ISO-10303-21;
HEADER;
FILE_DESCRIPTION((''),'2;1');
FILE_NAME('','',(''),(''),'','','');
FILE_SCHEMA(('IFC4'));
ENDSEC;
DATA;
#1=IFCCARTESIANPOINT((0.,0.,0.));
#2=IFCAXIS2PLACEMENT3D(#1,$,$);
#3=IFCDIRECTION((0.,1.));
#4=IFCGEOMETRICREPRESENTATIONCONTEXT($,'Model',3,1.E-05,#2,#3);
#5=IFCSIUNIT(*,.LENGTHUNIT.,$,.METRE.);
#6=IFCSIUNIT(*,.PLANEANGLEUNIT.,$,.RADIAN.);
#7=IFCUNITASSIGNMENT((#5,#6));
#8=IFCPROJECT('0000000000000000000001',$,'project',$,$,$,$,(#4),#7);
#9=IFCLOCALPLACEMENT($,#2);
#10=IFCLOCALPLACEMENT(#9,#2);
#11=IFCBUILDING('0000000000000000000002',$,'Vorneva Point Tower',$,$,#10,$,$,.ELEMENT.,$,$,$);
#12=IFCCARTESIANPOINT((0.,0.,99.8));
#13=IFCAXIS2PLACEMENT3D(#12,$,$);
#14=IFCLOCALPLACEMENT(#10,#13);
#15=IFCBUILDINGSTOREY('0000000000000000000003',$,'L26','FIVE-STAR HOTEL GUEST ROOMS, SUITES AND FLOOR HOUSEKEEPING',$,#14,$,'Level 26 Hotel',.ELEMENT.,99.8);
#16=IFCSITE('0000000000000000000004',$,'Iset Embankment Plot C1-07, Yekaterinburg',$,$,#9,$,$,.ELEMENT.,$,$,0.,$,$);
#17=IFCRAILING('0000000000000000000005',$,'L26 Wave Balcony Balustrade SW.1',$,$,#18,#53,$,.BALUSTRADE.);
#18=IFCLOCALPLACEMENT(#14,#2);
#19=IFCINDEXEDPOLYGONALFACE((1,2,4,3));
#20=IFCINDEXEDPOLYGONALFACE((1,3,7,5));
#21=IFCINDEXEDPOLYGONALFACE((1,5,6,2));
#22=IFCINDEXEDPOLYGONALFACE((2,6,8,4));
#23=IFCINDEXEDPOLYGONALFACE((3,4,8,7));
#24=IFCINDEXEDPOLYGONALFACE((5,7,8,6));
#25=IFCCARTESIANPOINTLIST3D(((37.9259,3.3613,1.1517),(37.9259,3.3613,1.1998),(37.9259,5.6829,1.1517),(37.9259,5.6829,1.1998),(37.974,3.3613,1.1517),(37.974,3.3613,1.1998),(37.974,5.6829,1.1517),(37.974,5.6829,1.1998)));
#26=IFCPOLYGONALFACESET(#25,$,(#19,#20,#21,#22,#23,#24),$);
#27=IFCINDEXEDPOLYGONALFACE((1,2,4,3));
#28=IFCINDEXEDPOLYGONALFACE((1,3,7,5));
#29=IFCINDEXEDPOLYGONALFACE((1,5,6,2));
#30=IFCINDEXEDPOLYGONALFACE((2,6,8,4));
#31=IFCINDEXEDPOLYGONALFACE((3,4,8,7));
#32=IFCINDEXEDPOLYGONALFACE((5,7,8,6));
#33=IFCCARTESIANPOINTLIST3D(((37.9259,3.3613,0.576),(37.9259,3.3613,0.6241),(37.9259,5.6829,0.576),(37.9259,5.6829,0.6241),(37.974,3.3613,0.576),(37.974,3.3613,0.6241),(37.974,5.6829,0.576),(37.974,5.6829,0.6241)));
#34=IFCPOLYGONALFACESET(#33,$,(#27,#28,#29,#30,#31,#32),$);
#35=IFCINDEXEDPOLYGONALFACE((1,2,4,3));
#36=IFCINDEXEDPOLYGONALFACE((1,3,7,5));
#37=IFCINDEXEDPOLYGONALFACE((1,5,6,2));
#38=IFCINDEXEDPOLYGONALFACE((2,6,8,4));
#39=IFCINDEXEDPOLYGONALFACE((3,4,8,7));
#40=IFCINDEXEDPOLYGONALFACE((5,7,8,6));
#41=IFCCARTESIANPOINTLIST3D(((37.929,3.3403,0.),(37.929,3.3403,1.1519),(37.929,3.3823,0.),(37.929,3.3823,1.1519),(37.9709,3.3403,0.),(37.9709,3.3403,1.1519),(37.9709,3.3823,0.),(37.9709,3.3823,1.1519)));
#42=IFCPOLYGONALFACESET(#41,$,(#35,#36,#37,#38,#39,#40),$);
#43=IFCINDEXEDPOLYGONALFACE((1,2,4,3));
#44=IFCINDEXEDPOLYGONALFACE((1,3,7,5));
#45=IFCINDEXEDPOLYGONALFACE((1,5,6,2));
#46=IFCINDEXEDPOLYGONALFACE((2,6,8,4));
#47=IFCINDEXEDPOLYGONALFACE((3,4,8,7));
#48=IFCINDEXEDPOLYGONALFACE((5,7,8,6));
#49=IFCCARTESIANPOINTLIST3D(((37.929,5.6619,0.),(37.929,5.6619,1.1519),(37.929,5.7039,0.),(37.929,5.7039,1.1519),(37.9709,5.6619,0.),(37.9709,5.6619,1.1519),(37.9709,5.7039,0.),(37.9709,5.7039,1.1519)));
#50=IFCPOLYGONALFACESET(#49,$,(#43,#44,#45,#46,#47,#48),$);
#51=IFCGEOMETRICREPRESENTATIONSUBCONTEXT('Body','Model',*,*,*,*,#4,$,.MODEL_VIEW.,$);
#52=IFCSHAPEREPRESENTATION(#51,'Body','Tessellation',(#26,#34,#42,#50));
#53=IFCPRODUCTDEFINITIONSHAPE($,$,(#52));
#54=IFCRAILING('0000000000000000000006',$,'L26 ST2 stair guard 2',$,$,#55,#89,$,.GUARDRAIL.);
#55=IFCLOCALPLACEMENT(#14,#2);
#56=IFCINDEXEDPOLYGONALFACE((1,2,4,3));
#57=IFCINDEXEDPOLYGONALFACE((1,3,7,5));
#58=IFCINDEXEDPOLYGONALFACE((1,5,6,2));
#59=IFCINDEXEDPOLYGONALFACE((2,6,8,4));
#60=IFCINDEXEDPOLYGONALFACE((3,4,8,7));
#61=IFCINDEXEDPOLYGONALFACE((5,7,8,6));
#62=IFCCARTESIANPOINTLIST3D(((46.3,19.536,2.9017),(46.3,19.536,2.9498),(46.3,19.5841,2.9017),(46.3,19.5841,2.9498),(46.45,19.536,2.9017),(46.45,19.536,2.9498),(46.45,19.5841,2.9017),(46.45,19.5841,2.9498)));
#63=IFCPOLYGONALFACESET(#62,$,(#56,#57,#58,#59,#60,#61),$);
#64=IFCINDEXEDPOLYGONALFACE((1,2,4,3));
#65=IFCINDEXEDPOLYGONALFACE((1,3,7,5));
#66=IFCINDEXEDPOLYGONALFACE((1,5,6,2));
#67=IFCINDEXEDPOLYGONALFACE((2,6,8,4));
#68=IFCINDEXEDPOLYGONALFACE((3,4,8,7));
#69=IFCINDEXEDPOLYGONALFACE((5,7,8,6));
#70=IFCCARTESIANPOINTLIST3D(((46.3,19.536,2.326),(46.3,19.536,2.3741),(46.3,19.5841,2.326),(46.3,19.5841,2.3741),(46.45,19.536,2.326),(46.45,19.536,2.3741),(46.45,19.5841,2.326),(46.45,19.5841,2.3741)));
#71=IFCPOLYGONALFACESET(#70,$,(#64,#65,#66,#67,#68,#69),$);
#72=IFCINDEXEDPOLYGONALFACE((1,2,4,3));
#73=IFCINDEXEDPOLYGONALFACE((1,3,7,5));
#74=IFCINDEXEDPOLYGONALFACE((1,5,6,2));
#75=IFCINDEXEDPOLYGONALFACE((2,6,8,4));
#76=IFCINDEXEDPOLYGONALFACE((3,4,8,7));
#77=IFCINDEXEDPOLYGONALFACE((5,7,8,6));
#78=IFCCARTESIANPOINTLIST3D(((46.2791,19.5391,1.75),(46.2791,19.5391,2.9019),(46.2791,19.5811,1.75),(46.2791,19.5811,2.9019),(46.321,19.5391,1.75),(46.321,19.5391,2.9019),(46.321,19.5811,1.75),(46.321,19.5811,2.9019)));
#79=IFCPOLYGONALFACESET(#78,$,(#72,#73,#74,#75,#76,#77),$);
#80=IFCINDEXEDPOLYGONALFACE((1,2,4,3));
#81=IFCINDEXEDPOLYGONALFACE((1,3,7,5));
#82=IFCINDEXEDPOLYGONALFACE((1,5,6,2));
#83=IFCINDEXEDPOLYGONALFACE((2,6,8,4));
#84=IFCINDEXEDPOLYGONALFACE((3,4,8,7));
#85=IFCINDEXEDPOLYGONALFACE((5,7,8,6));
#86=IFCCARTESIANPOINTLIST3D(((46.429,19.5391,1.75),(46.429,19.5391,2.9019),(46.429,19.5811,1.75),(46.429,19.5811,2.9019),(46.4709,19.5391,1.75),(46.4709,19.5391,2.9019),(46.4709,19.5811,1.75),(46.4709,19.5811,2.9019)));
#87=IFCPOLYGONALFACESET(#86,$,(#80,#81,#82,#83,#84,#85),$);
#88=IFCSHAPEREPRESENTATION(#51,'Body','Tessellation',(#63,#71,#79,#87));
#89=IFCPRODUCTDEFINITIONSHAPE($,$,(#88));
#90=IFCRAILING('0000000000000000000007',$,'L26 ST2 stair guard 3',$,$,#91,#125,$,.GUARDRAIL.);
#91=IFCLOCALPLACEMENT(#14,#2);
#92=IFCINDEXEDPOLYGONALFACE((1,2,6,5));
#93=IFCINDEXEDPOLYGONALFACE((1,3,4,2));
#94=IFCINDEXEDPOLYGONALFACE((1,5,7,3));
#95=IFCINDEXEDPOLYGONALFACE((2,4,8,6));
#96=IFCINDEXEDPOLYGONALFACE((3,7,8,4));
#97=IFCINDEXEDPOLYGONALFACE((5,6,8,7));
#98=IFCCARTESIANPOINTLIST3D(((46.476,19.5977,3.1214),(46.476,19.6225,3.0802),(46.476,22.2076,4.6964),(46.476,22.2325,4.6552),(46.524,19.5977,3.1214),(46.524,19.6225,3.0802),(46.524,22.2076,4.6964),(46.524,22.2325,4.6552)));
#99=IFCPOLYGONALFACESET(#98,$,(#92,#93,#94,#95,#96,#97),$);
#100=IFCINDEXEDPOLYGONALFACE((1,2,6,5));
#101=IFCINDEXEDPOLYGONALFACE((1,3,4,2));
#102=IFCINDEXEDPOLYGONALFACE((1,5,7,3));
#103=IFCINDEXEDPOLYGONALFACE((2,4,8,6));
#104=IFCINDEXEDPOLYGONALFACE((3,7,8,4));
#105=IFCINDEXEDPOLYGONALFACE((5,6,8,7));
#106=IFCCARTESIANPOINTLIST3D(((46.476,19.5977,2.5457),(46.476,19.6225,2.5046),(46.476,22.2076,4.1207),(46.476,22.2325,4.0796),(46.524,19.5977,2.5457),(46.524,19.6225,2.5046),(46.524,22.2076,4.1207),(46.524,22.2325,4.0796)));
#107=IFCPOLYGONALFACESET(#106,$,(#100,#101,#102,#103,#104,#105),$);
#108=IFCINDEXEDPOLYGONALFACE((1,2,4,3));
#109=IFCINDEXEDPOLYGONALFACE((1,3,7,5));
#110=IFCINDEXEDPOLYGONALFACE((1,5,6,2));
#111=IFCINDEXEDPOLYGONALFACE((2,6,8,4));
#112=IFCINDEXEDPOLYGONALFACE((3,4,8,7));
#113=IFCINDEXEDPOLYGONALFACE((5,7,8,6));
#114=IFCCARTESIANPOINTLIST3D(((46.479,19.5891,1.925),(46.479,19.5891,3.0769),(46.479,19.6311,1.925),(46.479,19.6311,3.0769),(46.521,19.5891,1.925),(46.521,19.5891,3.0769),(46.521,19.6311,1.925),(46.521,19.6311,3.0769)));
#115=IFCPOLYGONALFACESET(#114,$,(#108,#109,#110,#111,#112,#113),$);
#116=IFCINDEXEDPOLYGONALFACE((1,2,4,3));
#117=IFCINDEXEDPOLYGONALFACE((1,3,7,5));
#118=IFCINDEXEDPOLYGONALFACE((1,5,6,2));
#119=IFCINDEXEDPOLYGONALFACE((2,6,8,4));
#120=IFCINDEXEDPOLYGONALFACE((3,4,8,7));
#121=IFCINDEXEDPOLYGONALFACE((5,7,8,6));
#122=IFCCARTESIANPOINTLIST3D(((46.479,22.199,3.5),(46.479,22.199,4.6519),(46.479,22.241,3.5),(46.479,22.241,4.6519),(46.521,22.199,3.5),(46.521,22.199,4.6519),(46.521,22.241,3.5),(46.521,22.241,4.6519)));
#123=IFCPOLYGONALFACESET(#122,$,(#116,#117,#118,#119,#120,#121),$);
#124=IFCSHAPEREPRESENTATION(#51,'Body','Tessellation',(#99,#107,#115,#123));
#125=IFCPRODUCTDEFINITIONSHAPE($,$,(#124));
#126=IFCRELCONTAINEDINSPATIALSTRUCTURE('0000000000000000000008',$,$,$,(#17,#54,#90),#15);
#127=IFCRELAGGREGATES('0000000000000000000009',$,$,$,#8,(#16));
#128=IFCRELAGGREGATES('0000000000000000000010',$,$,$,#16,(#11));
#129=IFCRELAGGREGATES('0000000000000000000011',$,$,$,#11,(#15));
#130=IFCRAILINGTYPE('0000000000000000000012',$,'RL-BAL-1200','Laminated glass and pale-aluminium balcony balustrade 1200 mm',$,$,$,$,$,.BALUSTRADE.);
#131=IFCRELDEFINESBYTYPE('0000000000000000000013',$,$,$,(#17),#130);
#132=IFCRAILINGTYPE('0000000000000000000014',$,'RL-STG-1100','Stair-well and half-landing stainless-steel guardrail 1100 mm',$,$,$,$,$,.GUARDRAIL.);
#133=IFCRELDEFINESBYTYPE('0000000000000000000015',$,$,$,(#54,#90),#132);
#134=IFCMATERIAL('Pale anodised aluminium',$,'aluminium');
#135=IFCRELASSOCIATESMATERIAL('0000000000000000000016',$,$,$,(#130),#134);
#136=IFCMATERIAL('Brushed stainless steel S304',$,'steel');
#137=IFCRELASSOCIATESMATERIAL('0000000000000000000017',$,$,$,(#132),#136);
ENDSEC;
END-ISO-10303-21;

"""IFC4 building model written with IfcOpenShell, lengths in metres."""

from ifc_helpers import new_model, si_unit, direction, frame, origin, origin_2d, place, context, subcontext, project, spatial, rectangle, extrude, material, type_object, element, save


model = new_model("IFC4")

# Units and contexts
model_context = context("Model", 3, precision=1e-05, world=origin(), true_north=direction((0.0, 1.0)))
body_context = subcontext(model_context, "Body", "Model", "MODEL_VIEW")
ifc_project = project(units=[si_unit("LENGTHUNIT", "METRE"), si_unit("PLANEANGLEUNIT", "RADIAN")], contexts=[model_context])

# Site, building, storey
site_placement = place(None, origin())
site = spatial("IfcSite", under=ifc_project, at=site_placement, Name="Iset Embankment Plot C1-07, Yekaterinburg", CompositionType="ELEMENT", RefElevation=0.0)
building_placement = place(site_placement, origin())
building = spatial("IfcBuilding", under=site, at=building_placement, Name="Vorneva Point Tower", CompositionType="ELEMENT")
storey_placement = place(building_placement, frame((0.0, 0.0, 99.8)))
storey = spatial("IfcBuildingStorey", under=building, at=storey_placement, Name="L26", Description="FIVE-STAR HOTEL GUEST ROOMS, SUITES AND FLOOR HOUSEKEEPING", LongName="Level 26 Hotel", CompositionType="ELEMENT", Elevation=99.8)

# Shared definitions
ifc_material_1 = material(Name="Pale anodised aluminium", Category="aluminium")

# Railings
railing_type_1 = type_object("IfcRailingType", Name="RL-BAL-1200", Description="Laminated glass and pale-aluminium balcony balustrade 1200 mm", PredefinedType="BALUSTRADE", material=ifc_material_1)
railing_1_placement = place(storey_placement, frame((37.95, 3.3613, 0.0)))
element("IfcRailing", 1, at=railing_1_placement, inside=storey, type_object=railing_type_1, Name="L26 Wave Balcony Balustrade SW.1", PredefinedType="BALUSTRADE", context=body_context, shape_type="SweptSolid", body=[
    extrude(rectangle(XDim=0.0481, YDim=0.0481, at=origin_2d()), frame((0.0, 0.0, 1.1758), z_axis=(0.0, 1.0, 0.0), x_axis=(-1.0, 0.0, 0.0)), (0.0, 0.0, 1.0), 2.3215),
    extrude(rectangle(XDim=0.0481, YDim=0.0481, at=origin_2d()), frame((0.0, 0.0, 0.6001), z_axis=(0.0, 1.0, 0.0), x_axis=(-1.0, 0.0, 0.0)), (0.0, 0.0, 1.0), 2.3215),
    extrude(rectangle(XDim=0.042, YDim=0.042, at=origin_2d()), origin(), (0.0, 0.0, 1.0), 1.1519),
    extrude(rectangle(XDim=0.042, YDim=0.042, at=origin_2d()), frame((0.0, 2.3215, 0.0)), (0.0, 0.0, 1.0), 1.1519),
])
ifc_material_2 = material(Name="Brushed stainless steel S304", Category="steel")
railing_type_2 = type_object("IfcRailingType", Name="RL-STG-1100", Description="Stair-well and half-landing stainless-steel guardrail 1100 mm", PredefinedType="GUARDRAIL", material=ifc_material_2)
railing_2_placement = place(storey_placement, frame((46.3, 19.5601, 1.75)))
element("IfcRailing", 2, at=railing_2_placement, inside=storey, type_object=railing_type_2, Name="L26 ST2 stair guard 2", PredefinedType="GUARDRAIL", context=body_context, shape_type="SweptSolid", body=[
    extrude(rectangle(XDim=0.0481, YDim=0.0481, at=origin_2d()), frame((0.0, 0.0, 1.1758), z_axis=(1.0, 0.0, 0.0), x_axis=(0.0, 1.0, 0.0)), (0.0, 0.0, 1.0), 0.1499),
    extrude(rectangle(XDim=0.0481, YDim=0.0481, at=origin_2d()), frame((0.0, 0.0, 0.6001), z_axis=(1.0, 0.0, 0.0), x_axis=(0.0, 1.0, 0.0)), (0.0, 0.0, 1.0), 0.1499),
    extrude(rectangle(XDim=0.042, YDim=0.042, at=origin_2d()), origin(), (0.0, 0.0, 1.0), 1.1519),
    extrude(rectangle(XDim=0.042, YDim=0.042, at=origin_2d()), frame((0.1499, 0.0, 0.0)), (0.0, 0.0, 1.0), 1.1519),
])
railing_3_placement = place(storey_placement, frame((46.5, 19.6101, 1.925)))
element("IfcRailing", 3, at=railing_3_placement, inside=storey, type_object=railing_type_2, Name="L26 ST2 stair guard 3", PredefinedType="GUARDRAIL", context=body_context, shape_type="SweptSolid", body=[
    extrude(rectangle(XDim=0.0481, YDim=0.0481, at=origin_2d()), frame((0.0, 0.0, 1.1758), z_axis=(0.0, 0.856183, 0.516673), x_axis=(-1.0, 0.0, 0.0)), (0.0, 0.0, 1.0), 3.0483),
    extrude(rectangle(XDim=0.0481, YDim=0.0481, at=origin_2d()), frame((0.0, 0.0, 0.6001), z_axis=(0.0, 0.856183, 0.516673), x_axis=(-1.0, 0.0, 0.0)), (0.0, 0.0, 1.0), 3.0483),
    extrude(rectangle(XDim=0.042, YDim=0.042, at=origin_2d()), origin(), (0.0, 0.0, 1.0), 1.1519),
    extrude(rectangle(XDim=0.042, YDim=0.042, at=origin_2d()), frame((0.0, 2.6099, 1.575)), (0.0, 0.0, 1.0), 1.1519),
])

save(model, "model.ifc")
